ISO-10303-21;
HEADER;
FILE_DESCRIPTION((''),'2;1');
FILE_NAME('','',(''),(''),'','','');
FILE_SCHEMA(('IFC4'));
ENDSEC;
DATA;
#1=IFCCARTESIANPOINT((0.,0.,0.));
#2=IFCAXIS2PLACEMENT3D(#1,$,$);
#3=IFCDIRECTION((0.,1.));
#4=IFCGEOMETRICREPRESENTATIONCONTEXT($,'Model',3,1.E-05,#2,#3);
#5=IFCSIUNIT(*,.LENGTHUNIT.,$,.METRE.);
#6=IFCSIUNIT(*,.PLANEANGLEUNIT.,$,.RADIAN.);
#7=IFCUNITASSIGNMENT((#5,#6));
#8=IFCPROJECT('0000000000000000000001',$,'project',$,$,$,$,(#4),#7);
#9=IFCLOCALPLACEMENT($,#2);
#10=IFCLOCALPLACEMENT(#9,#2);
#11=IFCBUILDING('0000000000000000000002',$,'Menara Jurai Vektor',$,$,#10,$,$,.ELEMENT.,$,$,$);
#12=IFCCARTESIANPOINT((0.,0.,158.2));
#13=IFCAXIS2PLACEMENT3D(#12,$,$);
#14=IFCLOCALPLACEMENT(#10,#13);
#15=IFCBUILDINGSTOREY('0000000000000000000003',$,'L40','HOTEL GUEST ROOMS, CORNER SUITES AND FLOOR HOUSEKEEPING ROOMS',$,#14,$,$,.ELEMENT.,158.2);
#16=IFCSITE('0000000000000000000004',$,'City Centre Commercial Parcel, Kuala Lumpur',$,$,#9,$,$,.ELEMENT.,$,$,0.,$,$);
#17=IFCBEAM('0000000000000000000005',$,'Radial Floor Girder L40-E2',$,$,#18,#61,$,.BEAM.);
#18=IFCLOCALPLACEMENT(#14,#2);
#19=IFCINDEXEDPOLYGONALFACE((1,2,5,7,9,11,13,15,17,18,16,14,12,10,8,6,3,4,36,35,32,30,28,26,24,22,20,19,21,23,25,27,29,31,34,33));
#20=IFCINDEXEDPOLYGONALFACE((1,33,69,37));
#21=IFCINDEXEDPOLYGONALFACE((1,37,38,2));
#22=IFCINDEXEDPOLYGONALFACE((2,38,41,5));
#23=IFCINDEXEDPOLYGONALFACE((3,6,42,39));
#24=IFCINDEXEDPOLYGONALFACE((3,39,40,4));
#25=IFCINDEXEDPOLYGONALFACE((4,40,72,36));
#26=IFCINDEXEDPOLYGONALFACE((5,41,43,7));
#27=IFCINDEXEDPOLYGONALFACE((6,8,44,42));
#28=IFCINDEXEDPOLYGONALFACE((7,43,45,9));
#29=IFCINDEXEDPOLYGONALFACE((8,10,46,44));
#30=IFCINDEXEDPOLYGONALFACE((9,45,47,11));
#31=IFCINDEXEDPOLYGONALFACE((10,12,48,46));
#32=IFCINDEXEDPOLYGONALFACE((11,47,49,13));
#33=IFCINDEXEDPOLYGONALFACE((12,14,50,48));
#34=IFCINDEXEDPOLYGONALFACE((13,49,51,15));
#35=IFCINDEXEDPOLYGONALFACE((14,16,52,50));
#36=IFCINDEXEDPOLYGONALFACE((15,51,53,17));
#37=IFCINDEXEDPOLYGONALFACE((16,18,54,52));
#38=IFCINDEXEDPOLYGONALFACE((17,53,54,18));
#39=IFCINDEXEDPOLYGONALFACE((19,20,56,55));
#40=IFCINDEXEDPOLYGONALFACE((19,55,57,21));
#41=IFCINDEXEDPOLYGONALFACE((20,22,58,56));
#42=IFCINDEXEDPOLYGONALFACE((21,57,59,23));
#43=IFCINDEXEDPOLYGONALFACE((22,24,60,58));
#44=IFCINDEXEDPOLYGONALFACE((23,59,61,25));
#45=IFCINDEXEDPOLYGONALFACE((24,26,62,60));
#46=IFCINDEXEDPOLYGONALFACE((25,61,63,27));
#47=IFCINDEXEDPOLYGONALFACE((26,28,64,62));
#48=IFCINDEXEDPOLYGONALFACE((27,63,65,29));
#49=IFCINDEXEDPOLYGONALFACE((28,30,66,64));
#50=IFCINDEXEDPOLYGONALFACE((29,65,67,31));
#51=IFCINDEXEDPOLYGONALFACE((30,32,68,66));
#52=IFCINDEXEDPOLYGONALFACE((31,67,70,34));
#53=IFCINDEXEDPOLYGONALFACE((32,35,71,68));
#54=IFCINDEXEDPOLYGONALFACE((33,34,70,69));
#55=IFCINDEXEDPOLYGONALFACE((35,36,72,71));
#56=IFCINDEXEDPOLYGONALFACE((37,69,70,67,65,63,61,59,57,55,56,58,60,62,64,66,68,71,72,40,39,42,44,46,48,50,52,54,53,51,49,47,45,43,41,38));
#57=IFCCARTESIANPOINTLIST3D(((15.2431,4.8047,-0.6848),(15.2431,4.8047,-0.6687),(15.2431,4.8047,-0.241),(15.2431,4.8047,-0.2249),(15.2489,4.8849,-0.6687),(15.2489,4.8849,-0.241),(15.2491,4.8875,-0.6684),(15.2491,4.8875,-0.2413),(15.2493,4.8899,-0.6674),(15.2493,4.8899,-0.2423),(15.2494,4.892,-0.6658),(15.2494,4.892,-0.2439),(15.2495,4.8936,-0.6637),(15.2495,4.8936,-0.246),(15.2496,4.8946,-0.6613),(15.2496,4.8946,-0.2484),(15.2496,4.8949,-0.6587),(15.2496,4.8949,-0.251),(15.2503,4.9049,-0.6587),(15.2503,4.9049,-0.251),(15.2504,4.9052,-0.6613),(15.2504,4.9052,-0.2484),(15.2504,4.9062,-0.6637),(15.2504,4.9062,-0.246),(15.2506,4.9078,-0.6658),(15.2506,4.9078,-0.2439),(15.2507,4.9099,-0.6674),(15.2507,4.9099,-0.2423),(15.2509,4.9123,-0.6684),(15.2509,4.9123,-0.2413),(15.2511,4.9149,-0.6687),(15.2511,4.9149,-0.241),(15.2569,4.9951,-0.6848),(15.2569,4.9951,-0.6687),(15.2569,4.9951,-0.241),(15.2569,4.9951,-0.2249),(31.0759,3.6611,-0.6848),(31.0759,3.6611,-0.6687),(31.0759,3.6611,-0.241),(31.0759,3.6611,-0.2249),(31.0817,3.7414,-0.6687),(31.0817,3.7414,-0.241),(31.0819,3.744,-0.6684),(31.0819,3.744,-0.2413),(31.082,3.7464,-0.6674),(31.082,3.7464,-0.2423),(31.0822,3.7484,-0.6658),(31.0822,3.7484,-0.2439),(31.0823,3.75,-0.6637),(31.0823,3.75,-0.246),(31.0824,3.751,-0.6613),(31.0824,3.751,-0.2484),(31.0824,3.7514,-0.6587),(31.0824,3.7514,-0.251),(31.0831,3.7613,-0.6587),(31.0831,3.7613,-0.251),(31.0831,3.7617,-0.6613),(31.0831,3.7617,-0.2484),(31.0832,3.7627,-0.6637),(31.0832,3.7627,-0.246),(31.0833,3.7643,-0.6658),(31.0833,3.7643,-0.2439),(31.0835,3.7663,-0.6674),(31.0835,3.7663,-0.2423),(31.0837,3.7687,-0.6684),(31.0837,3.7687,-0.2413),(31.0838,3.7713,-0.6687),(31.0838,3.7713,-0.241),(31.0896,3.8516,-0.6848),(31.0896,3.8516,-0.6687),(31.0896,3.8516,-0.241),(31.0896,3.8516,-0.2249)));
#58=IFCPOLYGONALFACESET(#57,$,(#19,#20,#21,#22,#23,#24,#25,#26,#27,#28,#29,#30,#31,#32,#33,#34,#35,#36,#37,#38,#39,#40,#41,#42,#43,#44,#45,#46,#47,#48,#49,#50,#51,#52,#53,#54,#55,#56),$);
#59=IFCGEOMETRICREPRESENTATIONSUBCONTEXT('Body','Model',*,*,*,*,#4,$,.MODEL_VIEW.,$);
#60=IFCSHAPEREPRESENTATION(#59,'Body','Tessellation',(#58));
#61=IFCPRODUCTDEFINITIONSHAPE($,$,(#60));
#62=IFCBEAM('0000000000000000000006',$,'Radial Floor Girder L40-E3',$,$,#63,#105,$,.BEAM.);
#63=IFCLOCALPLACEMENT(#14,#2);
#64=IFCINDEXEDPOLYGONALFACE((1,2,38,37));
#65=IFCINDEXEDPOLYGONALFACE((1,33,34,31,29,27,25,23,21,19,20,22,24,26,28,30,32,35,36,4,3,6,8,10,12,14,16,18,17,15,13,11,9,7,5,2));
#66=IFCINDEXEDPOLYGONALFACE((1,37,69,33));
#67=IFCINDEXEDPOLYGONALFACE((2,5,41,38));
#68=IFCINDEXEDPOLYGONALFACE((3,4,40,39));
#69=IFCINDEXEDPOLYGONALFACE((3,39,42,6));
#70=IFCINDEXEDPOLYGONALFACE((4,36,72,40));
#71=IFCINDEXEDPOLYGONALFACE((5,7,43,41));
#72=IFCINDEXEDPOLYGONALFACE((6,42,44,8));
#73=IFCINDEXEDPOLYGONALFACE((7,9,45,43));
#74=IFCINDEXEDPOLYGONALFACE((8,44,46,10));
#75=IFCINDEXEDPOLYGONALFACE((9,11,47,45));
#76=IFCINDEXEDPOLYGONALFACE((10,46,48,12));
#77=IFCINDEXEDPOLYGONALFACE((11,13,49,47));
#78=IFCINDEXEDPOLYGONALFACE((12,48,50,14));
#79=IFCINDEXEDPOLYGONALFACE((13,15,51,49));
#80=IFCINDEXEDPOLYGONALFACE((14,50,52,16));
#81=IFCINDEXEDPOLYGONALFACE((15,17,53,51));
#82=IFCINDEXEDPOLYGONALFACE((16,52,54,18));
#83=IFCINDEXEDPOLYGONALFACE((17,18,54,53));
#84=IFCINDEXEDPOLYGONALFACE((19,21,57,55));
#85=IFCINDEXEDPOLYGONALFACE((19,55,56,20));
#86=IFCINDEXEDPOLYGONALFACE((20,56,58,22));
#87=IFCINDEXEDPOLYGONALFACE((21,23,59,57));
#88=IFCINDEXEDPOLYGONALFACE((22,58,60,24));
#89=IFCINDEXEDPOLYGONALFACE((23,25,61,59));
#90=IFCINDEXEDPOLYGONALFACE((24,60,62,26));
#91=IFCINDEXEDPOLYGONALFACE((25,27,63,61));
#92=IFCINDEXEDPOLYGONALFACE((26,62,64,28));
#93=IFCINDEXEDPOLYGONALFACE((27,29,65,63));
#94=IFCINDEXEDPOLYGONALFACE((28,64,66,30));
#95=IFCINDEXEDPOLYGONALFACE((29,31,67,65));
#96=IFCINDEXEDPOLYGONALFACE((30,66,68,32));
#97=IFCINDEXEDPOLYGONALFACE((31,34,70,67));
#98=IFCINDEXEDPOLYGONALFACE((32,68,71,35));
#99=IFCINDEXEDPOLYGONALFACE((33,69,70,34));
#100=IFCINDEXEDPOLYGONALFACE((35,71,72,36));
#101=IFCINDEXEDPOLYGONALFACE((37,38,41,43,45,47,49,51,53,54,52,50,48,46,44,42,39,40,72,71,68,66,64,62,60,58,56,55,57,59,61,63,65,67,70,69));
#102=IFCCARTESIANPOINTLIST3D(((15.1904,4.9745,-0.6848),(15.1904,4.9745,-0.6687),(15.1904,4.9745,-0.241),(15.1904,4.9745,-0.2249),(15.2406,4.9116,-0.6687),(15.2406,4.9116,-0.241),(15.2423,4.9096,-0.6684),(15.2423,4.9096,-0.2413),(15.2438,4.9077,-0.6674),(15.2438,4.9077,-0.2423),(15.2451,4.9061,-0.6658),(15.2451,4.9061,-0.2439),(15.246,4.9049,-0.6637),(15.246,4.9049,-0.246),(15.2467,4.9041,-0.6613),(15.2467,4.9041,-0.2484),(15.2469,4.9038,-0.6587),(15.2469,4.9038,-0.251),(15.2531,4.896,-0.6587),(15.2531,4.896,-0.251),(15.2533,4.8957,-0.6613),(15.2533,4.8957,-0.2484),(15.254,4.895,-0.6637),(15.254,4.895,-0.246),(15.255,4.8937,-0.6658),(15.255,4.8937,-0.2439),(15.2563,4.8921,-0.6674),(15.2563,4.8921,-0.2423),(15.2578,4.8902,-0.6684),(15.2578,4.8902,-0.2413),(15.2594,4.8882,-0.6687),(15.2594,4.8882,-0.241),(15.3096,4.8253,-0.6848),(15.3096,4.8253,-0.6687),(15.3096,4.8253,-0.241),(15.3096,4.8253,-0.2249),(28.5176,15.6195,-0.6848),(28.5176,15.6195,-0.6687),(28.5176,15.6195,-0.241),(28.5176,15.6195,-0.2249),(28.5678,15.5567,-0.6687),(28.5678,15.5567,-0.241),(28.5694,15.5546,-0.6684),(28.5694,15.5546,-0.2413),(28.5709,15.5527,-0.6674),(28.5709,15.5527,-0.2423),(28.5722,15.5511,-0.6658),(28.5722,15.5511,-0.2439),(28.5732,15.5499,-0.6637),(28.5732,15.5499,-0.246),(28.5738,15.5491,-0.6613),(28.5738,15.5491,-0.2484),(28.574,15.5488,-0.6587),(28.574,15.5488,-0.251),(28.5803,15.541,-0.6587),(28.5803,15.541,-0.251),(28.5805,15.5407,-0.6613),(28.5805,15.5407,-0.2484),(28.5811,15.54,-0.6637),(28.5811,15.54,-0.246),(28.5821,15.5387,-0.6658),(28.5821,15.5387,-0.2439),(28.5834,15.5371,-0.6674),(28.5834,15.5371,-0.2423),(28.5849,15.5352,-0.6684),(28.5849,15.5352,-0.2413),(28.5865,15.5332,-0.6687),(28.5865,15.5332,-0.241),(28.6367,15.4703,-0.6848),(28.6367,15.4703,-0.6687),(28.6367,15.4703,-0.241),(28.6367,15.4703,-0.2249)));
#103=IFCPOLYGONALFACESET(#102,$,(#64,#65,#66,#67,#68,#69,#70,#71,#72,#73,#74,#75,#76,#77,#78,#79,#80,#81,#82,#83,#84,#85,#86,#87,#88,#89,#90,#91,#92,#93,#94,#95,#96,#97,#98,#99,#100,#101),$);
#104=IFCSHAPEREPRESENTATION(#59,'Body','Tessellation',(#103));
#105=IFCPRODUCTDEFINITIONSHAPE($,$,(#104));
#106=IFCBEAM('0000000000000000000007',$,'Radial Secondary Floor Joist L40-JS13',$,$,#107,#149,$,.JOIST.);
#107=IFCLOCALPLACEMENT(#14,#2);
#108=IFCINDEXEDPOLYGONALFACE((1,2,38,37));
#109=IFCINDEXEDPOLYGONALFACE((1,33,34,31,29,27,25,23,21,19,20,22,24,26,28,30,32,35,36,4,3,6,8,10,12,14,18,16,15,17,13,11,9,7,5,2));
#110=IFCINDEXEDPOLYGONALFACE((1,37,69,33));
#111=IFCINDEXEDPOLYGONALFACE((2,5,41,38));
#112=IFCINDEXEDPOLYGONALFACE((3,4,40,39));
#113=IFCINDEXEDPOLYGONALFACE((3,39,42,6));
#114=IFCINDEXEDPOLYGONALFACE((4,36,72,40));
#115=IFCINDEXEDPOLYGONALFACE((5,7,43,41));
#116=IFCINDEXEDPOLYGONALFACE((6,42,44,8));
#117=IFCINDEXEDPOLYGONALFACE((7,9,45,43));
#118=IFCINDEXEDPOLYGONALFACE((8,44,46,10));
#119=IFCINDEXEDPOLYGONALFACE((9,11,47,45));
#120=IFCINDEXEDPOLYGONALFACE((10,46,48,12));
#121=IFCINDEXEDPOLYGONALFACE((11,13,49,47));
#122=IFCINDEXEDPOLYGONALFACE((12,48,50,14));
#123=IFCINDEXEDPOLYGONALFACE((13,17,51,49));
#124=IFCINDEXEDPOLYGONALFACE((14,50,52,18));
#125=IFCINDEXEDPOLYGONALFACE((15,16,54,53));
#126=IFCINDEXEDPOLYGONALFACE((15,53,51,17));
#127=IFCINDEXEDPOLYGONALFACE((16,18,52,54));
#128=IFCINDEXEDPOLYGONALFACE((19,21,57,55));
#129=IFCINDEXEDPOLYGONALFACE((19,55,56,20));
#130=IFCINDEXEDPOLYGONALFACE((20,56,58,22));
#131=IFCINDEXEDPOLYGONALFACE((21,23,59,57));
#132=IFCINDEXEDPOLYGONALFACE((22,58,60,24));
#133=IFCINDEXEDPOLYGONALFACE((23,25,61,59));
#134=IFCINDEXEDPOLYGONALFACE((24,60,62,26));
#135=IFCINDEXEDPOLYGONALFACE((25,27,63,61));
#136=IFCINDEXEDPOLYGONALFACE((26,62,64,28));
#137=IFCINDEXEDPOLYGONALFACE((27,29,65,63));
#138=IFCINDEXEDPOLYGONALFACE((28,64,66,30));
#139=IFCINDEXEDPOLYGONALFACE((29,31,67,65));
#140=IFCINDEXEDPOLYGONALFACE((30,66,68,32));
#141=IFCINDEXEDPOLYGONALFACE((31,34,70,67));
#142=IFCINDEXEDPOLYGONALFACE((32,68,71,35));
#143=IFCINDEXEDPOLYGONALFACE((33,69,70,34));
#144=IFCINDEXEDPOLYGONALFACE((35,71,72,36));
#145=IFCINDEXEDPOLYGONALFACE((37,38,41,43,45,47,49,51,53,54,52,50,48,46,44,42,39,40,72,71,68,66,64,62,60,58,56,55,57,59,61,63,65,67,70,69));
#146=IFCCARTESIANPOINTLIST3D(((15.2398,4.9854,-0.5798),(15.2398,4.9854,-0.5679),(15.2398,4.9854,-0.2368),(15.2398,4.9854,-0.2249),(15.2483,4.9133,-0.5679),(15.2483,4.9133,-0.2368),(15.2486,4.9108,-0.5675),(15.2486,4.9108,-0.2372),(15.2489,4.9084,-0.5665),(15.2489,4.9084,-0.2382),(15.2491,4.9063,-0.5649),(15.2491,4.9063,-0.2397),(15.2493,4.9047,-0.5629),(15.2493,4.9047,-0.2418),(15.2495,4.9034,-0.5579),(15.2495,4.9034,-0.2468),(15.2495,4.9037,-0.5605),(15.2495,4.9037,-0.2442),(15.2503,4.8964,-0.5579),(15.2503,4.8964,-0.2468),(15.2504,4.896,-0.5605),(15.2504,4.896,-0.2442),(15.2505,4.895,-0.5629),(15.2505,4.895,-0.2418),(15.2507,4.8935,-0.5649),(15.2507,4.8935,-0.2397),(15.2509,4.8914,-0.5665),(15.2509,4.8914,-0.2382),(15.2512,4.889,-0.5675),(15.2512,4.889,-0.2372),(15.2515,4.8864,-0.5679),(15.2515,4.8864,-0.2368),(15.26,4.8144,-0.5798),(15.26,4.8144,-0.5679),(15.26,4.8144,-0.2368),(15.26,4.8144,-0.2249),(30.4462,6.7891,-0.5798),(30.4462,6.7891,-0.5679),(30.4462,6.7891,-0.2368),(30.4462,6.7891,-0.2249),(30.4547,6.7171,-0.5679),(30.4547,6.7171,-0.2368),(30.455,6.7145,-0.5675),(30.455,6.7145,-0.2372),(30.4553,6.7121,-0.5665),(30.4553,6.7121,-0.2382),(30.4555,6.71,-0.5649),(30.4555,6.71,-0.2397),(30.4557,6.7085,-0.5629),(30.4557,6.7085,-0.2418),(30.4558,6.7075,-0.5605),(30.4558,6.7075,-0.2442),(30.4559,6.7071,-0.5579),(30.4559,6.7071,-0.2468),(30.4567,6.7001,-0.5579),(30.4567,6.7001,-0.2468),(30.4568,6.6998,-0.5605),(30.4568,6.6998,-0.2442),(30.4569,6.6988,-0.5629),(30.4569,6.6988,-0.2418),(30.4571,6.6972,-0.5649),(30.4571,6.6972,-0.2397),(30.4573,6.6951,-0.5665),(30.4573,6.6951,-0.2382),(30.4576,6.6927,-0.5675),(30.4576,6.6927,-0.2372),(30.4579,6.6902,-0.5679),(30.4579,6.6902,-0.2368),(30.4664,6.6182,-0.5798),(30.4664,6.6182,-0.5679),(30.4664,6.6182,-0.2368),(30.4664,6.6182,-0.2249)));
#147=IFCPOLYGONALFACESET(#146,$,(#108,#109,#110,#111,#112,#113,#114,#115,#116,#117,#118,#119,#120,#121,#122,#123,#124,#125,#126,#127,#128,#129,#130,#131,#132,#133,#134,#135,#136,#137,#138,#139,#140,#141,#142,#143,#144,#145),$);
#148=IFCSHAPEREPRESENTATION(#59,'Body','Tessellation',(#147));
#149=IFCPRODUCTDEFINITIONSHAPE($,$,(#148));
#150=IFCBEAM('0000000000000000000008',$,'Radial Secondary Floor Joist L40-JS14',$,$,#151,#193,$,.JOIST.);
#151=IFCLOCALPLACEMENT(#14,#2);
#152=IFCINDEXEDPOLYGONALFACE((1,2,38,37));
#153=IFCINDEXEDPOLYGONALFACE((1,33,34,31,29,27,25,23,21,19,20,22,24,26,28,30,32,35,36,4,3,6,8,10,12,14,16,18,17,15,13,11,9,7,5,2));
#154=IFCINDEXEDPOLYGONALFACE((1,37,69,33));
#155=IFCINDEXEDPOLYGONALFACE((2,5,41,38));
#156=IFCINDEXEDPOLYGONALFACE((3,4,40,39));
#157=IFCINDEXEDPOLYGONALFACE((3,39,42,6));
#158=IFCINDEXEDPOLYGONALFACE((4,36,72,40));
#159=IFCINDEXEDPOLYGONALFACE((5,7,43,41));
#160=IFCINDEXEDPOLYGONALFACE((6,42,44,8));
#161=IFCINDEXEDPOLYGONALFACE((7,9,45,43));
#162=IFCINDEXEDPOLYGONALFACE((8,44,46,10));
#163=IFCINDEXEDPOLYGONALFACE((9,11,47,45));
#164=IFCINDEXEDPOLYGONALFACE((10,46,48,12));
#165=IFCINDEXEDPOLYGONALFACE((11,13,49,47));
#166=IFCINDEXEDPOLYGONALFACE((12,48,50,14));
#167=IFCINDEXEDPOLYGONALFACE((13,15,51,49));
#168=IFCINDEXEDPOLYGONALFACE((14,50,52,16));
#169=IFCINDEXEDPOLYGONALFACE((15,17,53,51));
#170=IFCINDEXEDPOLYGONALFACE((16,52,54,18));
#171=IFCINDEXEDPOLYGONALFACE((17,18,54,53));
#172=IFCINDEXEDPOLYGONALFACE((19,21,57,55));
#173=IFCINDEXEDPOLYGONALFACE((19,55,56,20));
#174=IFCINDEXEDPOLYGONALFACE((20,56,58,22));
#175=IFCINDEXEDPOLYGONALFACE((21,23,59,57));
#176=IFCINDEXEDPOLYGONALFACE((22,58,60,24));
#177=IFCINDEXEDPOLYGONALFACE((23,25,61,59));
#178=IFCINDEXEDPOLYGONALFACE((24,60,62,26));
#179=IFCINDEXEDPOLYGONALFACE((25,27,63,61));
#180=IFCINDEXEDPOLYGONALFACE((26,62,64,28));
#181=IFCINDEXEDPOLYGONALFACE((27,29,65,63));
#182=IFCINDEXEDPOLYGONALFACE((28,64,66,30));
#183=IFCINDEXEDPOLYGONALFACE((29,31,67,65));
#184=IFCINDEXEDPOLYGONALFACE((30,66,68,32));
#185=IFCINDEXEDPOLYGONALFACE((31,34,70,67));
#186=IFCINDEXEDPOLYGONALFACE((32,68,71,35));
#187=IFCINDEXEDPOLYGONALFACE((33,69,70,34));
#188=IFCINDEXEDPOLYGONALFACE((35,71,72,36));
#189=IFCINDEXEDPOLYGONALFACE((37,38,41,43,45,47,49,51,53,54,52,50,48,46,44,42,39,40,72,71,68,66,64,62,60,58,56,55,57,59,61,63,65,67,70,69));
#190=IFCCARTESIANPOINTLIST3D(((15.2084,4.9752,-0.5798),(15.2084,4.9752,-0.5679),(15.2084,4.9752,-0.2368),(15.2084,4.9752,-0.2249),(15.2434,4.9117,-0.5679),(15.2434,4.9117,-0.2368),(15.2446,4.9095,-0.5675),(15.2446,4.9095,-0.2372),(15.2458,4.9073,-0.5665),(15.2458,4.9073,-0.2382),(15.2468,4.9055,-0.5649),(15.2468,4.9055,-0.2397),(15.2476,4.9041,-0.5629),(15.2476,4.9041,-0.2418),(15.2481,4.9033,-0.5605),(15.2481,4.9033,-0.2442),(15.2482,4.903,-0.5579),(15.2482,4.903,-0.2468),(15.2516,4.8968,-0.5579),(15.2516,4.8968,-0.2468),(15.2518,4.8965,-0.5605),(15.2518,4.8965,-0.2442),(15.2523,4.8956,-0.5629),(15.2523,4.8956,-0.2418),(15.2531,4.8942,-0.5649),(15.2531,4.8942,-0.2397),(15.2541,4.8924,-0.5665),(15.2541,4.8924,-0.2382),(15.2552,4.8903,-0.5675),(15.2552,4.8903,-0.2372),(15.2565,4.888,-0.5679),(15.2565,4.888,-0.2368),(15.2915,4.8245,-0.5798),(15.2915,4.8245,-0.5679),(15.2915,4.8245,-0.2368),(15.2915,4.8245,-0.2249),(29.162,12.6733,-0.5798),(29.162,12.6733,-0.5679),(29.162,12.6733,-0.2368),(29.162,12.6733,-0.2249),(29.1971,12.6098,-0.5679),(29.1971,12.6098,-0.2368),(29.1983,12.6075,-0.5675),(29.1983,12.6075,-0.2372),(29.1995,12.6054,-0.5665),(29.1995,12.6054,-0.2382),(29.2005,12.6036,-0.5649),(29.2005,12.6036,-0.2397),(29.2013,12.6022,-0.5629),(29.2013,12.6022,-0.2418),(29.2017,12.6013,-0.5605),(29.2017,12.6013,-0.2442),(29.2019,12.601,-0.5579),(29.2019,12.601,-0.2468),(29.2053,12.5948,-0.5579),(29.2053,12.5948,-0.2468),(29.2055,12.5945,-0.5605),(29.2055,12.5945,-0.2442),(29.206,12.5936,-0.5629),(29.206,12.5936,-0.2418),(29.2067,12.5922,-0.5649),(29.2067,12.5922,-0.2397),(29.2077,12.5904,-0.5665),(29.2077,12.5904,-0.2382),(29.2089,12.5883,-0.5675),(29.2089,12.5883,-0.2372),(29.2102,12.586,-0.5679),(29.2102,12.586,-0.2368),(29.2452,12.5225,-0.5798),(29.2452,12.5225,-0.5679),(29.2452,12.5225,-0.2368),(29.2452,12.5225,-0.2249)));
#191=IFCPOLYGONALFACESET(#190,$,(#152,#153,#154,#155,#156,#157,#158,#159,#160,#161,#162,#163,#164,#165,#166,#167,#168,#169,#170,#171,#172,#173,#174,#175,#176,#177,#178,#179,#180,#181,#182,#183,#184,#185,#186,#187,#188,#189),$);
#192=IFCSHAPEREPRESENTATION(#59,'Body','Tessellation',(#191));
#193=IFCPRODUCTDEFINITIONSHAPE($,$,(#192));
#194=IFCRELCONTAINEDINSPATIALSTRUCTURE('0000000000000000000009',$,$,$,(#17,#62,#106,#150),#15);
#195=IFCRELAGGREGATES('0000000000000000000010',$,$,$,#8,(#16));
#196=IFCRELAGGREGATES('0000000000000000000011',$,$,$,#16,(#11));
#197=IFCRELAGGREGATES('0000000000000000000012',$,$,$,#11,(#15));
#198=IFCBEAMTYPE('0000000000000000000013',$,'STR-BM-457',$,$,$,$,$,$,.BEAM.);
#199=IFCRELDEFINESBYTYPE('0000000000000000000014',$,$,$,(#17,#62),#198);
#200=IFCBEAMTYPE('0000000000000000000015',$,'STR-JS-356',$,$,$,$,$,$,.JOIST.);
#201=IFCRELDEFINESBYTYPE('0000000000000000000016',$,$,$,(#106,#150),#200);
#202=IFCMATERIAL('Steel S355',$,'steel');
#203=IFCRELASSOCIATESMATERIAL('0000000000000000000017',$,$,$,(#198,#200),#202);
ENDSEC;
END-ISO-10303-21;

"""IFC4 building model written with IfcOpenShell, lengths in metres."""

from ifc_helpers import new_model, si_unit, direction, frame, origin, origin_2d, place, context, subcontext, project, spatial, i_section, extrude, material, material_profile, profile_set, type_object, element, save


model = new_model("IFC4")

# Units and contexts
model_context = context("Model", 3, precision=1e-05, world=origin(), true_north=direction((0.0, 1.0)))
body_context = subcontext(model_context, "Body", "Model", "MODEL_VIEW")
ifc_project = project(units=[si_unit("LENGTHUNIT", "METRE"), si_unit("PLANEANGLEUNIT", "RADIAN")], contexts=[model_context])

# Site, building, storey
site_placement = place(None, origin())
site = spatial("IfcSite", under=ifc_project, at=site_placement, Name="City Centre Commercial Parcel, Kuala Lumpur", CompositionType="ELEMENT", RefElevation=0.0)
building_placement = place(site_placement, origin())
building = spatial("IfcBuilding", under=site, at=building_placement, Name="Menara Jurai Vektor", CompositionType="ELEMENT")
storey_placement = place(building_placement, frame((0.0, 0.0, 158.2)))
storey = spatial("IfcBuildingStorey", under=building, at=storey_placement, Name="L40", Description="HOTEL GUEST ROOMS, CORNER SUITES AND FLOOR HOUSEKEEPING ROOMS", CompositionType="ELEMENT", Elevation=158.2)

# Beams
ifc_material_1 = material(Name="Steel S355", Category="steel")
ifc_material_profile_1 = material_profile(ifc_material_1, i_section(OverallWidth=0.1909, OverallDepth=0.46, WebThickness=0.01, FlangeThickness=0.0161, FilletRadius=0.01, at=origin_2d()), Name="UKB 457x191x82")
ifc_profile_set_1 = profile_set([ifc_material_profile_1], Name="Steel S355")
beam_type_1 = type_object("IfcBeamType", Name="STR-BM-457", PredefinedType="BEAM", material=ifc_profile_set_1)
beam_1_placement = place(storey_placement, frame((31.0828, 3.7563, -0.4548), z_axis=(-0.997402, 0.072039, 0.0), x_axis=(-0.072039, -0.997402, 0.0)))
element("IfcBeam", 1, at=beam_1_placement, inside=storey, type_object=beam_type_1, Name="Radial Floor Girder L40-E2", PredefinedType="BEAM", context=body_context, shape_type="SweptSolid", body=[
    extrude(i_section(OverallWidth=0.1909, OverallDepth=0.46, WebThickness=0.01, FlangeThickness=0.0161, FilletRadius=0.01, at=origin_2d()), origin(), (0.0, 0.0, 1.0), 15.874),
])
beam_2_placement = place(storey_placement, frame((28.5771, 15.5449, -0.4548), z_axis=(-0.781346, -0.624098, 0.0), x_axis=(0.624098, -0.781346, 0.0)))
element("IfcBeam", 2, at=beam_2_placement, inside=storey, type_object=beam_type_1, Name="Radial Floor Girder L40-E3", PredefinedType="BEAM", context=body_context, shape_type="SweptSolid", body=[
    extrude(i_section(OverallWidth=0.1909, OverallDepth=0.46, WebThickness=0.01, FlangeThickness=0.0161, FilletRadius=0.01, at=origin_2d()), origin(), (0.0, 0.0, 1.0), 17.0566),
])
ifc_material_profile_2 = material_profile(ifc_material_1, i_section(OverallWidth=0.1721, OverallDepth=0.355, WebThickness=0.0071, FlangeThickness=0.012, FilletRadius=0.01, at=origin_2d()), Name="UKB 356x171x51")
ifc_profile_set_2 = profile_set([ifc_material_profile_2], Name="Steel S355")
beam_type_2 = type_object("IfcBeamType", Name="STR-JS-356", PredefinedType="JOIST", material=ifc_profile_set_2)
beam_3_placement = place(storey_placement, frame((30.4563, 6.7036, -0.4023), z_axis=(-0.993038, -0.11779, 0.0), x_axis=(0.11779, -0.993038, 0.0)))
element("IfcBeam", 3, at=beam_3_placement, inside=storey, type_object=beam_type_2, Name="Radial Secondary Floor Joist L40-JS13", PredefinedType="JOIST", context=body_context, shape_type="SweptSolid", body=[
    extrude(i_section(OverallWidth=0.1721, OverallDepth=0.355, WebThickness=0.0071, FlangeThickness=0.012, FilletRadius=0.01, at=origin_2d()), origin(), (0.0, 0.0, 1.0), 15.313),
])
beam_4_placement = place(storey_placement, frame((29.2036, 12.5979, -0.4023), z_axis=(-0.875592, -0.483051, 0.0), x_axis=(0.483051, -0.875592, 0.0)))
element("IfcBeam", 4, at=beam_4_placement, inside=storey, type_object=beam_type_2, Name="Radial Secondary Floor Joist L40-JS14", PredefinedType="JOIST", context=body_context, shape_type="SweptSolid", body=[
    extrude(i_section(OverallWidth=0.1721, OverallDepth=0.355, WebThickness=0.0071, FlangeThickness=0.012, FilletRadius=0.01, at=origin_2d()), origin(), (0.0, 0.0, 1.0), 15.9363),
])

save(model, "model.ifc")
